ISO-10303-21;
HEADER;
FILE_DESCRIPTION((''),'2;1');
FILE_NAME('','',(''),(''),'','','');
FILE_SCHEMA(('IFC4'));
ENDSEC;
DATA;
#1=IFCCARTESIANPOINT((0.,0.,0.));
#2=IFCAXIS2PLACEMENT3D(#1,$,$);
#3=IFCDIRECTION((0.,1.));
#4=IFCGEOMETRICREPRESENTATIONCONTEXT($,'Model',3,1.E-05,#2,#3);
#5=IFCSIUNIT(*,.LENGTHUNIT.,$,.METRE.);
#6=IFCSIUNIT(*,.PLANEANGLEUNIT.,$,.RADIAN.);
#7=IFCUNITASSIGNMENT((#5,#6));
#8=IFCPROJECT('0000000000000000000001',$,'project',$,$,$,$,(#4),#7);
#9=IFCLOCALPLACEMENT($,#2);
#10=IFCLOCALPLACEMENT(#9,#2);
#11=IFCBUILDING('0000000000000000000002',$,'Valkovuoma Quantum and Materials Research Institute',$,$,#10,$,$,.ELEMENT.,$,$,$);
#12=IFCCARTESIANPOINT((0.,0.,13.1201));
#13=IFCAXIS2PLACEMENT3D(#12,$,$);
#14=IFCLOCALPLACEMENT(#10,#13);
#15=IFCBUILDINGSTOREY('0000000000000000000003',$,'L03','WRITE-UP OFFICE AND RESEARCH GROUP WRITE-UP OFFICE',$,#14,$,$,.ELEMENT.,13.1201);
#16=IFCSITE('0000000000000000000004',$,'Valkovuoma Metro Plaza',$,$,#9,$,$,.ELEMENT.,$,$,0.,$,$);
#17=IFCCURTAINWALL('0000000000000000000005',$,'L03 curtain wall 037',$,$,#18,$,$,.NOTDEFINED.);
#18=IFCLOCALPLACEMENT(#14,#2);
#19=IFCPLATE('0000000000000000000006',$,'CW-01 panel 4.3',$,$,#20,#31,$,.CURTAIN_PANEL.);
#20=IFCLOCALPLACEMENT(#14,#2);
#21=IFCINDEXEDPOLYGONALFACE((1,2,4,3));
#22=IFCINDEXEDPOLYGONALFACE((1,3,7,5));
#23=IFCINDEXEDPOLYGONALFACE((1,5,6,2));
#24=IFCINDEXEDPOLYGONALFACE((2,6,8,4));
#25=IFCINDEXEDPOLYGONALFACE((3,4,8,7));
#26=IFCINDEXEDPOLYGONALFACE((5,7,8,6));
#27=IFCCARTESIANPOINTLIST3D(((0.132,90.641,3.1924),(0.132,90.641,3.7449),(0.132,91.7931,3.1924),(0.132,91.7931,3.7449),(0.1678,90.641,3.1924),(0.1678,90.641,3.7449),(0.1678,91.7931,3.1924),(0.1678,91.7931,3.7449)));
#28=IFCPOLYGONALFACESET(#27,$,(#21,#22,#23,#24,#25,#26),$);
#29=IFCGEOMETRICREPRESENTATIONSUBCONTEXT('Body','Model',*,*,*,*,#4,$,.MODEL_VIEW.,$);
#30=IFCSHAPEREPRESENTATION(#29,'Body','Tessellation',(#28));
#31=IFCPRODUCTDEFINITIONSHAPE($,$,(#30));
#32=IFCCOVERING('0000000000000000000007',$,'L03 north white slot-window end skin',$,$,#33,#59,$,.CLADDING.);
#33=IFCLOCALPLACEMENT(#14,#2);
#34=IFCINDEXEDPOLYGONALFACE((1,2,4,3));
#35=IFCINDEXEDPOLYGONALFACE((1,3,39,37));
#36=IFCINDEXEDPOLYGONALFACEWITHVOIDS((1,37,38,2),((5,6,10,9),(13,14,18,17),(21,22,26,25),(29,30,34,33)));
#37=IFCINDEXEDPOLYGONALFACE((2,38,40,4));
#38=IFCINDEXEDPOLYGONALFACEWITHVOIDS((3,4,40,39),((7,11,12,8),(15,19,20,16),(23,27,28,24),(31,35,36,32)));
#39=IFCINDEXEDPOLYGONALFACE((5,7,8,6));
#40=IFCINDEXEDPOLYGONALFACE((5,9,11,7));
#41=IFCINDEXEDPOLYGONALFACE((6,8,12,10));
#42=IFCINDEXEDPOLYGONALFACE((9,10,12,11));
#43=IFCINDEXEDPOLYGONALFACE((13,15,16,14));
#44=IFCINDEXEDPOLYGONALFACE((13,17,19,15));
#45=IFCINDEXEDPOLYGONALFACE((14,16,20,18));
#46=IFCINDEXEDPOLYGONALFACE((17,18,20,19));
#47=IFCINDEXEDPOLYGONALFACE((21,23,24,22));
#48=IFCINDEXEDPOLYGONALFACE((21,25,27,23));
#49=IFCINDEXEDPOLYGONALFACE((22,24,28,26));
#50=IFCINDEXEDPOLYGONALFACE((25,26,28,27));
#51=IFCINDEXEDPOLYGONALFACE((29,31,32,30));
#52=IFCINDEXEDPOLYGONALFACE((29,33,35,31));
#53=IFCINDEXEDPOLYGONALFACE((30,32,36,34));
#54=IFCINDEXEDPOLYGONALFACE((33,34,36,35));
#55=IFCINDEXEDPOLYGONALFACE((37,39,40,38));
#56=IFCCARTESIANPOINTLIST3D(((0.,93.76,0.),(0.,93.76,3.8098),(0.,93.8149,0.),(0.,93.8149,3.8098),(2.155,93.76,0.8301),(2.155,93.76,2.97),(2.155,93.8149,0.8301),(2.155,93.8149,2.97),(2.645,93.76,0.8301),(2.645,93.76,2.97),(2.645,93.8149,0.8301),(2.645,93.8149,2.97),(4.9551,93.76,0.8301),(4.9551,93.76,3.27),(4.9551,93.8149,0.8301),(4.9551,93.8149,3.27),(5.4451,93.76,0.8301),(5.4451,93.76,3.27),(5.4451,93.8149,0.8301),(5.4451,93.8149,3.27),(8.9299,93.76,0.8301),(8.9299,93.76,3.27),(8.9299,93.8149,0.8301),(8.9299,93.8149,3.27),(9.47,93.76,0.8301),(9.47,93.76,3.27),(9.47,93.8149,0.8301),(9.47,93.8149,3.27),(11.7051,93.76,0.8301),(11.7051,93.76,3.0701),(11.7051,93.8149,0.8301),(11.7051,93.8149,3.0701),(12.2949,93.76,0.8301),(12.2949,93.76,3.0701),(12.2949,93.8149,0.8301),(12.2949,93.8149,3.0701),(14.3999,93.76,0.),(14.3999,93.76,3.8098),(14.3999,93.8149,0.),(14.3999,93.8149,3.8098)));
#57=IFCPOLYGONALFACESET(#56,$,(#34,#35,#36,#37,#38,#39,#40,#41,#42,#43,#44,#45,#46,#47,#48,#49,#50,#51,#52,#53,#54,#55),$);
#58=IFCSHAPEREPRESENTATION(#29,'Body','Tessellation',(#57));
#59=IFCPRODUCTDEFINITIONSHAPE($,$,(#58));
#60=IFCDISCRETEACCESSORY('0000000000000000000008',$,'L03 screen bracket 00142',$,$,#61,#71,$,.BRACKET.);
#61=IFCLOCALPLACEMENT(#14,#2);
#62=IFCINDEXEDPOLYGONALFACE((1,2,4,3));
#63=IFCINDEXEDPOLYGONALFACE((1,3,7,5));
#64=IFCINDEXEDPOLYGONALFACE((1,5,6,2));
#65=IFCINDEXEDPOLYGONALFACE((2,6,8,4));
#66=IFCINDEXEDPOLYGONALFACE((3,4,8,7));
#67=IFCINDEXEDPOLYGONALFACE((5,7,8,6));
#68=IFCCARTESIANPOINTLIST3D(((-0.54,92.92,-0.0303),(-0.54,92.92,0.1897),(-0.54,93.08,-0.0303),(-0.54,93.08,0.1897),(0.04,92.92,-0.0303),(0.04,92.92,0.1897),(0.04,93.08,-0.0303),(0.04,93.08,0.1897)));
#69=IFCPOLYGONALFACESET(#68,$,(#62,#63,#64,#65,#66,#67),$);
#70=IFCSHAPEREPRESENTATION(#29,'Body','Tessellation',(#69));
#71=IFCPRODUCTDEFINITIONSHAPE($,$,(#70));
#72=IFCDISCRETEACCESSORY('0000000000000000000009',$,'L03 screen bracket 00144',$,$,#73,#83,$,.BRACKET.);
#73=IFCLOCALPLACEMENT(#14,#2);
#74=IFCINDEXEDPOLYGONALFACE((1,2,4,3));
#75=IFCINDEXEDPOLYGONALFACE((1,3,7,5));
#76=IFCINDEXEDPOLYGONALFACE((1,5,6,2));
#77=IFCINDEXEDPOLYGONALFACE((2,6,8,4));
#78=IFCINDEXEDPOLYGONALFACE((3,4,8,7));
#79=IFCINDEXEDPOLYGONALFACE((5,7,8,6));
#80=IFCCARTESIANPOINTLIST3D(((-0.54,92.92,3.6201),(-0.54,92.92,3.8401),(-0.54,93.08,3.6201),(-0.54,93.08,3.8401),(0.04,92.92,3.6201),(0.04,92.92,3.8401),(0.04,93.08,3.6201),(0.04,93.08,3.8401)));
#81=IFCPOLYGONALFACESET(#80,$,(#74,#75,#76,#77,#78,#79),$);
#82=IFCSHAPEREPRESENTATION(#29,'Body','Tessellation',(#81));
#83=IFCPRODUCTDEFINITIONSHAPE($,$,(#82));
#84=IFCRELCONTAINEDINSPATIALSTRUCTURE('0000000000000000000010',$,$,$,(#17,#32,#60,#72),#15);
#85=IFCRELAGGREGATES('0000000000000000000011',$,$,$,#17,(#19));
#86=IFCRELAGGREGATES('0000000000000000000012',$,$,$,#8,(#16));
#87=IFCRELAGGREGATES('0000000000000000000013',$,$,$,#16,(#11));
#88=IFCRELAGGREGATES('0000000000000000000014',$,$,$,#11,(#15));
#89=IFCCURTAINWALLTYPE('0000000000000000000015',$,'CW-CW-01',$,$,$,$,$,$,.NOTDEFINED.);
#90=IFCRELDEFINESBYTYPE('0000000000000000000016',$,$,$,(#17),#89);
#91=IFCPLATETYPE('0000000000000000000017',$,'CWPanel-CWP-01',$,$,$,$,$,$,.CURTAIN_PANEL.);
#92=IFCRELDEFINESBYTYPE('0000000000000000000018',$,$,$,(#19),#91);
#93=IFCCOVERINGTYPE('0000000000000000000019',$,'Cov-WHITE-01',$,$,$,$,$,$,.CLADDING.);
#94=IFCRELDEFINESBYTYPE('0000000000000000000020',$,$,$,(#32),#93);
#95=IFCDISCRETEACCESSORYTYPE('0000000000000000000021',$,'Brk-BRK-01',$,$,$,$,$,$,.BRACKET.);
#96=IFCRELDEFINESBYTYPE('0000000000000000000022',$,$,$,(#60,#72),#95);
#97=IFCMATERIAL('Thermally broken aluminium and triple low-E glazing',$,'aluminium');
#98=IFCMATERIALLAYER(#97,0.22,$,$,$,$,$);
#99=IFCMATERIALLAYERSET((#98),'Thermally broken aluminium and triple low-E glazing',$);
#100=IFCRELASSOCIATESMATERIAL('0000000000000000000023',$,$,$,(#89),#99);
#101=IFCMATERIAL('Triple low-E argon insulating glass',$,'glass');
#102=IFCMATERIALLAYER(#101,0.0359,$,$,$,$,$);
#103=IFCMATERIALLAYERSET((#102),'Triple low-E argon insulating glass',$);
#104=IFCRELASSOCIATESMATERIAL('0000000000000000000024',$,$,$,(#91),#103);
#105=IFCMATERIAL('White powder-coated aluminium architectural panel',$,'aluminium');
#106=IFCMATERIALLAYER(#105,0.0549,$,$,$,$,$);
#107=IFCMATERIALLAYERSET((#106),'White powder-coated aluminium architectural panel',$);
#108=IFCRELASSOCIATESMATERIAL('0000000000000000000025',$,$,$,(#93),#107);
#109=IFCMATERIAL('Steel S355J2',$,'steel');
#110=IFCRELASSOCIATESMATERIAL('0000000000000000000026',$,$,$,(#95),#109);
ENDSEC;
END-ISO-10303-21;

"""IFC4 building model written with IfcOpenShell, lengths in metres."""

from ifc_helpers import new_model, si_unit, direction, frame, origin, origin_2d, place, context, subcontext, project, spatial, polyline, rectangle, outline, extrude, material, layer, layer_set, type_object, element, aggregate, save


model = new_model("IFC4")

# Units and contexts
model_context = context("Model", 3, precision=1e-05, world=origin(), true_north=direction((0.0, 1.0)))
body_context = subcontext(model_context, "Body", "Model", "MODEL_VIEW")
ifc_project = project(units=[si_unit("LENGTHUNIT", "METRE"), si_unit("PLANEANGLEUNIT", "RADIAN")], contexts=[model_context])

# Site, building, storey
site_placement = place(None, origin())
site = spatial("IfcSite", under=ifc_project, at=site_placement, Name="Valkovuoma Metro Plaza", CompositionType="ELEMENT", RefElevation=0.0)
building_placement = place(site_placement, origin())
building = spatial("IfcBuilding", under=site, at=building_placement, Name="Valkovuoma Quantum and Materials Research Institute", CompositionType="ELEMENT")
storey_placement = place(building_placement, frame((0.0, 0.0, 13.1201)))
storey = spatial("IfcBuildingStorey", under=building, at=storey_placement, Name="L03", Description="WRITE-UP OFFICE AND RESEARCH GROUP WRITE-UP OFFICE", CompositionType="ELEMENT", Elevation=13.1201)

# Curtain wall, plate
ifc_material_1 = material(Name="Thermally broken aluminium and triple low-E glazing", Category="aluminium")
ifc_layer_1 = layer(ifc_material_1, 0.22)
ifc_layer_set_1 = layer_set([ifc_layer_1], Name="Thermally broken aluminium and triple low-E glazing")
curtain_wall_type = type_object("IfcCurtainWallType", Name="CW-CW-01", PredefinedType="NOTDEFINED", material=ifc_layer_set_1)
curtain_wall_placement = place(storey_placement, origin())
curtain_wall = element("IfcCurtainWall", 1, at=curtain_wall_placement, inside=storey, type_object=curtain_wall_type, Name="L03 curtain wall 037", PredefinedType="NOTDEFINED")
ifc_material_2 = material(Name="Triple low-E argon insulating glass", Category="glass")
ifc_layer_2 = layer(ifc_material_2, 0.0359)
ifc_layer_set_2 = layer_set([ifc_layer_2], Name="Triple low-E argon insulating glass")
plate_type = type_object("IfcPlateType", Name="CWPanel-CWP-01", PredefinedType="CURTAIN_PANEL", material=ifc_layer_set_2)
plate_1_placement = place(storey_placement, frame((0.1499, 91.217, 3.1924), z_axis=(0.0, 0.0, 1.0), x_axis=(0.0, 1.0, 0.0)))
plate_1 = element("IfcPlate", 2, at=plate_1_placement, type_object=plate_type, Name="CW-01 panel 4.3", PredefinedType="CURTAIN_PANEL", context=body_context, shape_type="SweptSolid", body=[
    extrude(rectangle(XDim=1.1521, YDim=0.0359, at=origin_2d()), origin(), (0.0, 0.0, 1.0), 0.5525),
])
aggregate(curtain_wall, [plate_1])

# Covering
ifc_material_3 = material(Name="White powder-coated aluminium architectural panel", Category="aluminium")
ifc_layer_3 = layer(ifc_material_3, 0.0549)
ifc_layer_set_3 = layer_set([ifc_layer_3], Name="White powder-coated aluminium architectural panel")
covering_type = type_object("IfcCoveringType", Name="Cov-WHITE-01", PredefinedType="CLADDING", material=ifc_layer_set_3)
covering_placement = place(storey_placement, frame((0.0, 93.7876, 0.0), z_axis=(0.0, 0.0, 1.0), x_axis=(1.0, 0.0, 0.0)))
element("IfcCovering", 3, at=covering_placement, inside=storey, type_object=covering_type, Name="L03 north white slot-window end skin", PredefinedType="CLADDING", context=body_context, shape_type="SweptSolid", body=[
    extrude(outline(polyline([(0.0, 0.0), (14.3999, 0.0), (14.3999, 3.8098), (0.0, 3.8098), (0.0, 0.0)]), holes=[polyline([(2.155, 0.8301), (2.155, 2.97), (2.645, 2.97), (2.645, 0.8301), (2.155, 0.8301)]), polyline([(4.9551, 0.8301), (4.9551, 3.27), (5.4451, 3.27), (5.4451, 0.8301), (4.9551, 0.8301)]), polyline([(8.9299, 0.8301), (8.9299, 3.27), (9.47, 3.27), (9.47, 0.8301), (8.9299, 0.8301)]), polyline([(11.7051, 0.8301), (11.7051, 3.0701), (12.2949, 3.0701), (12.2949, 0.8301), (11.7051, 0.8301)])]), frame((0.0, 0.0273, 0.0), z_axis=(0.0, -1.0, 0.0), x_axis=(1.0, 0.0, 0.0)), (0.0, 0.0, 1.0), 0.0549),
])

# Discrete accessories
ifc_material_4 = material(Name="Steel S355J2", Category="steel")
discrete_accessory_type = type_object("IfcDiscreteAccessoryType", Name="Brk-BRK-01", PredefinedType="BRACKET", material=ifc_material_4)
for number, where, z_axis, x_axis, name in (
    (4, (-0.25, 93.0, -0.0303), (0.0, 0.0, 1.0), (1.0, 0.0, 0.0), "L03 screen bracket 00142"),
    (5, (-0.25, 93.0, 3.6201), (0.0, 0.0, 1.0), (1.0, 0.0, 0.0), "L03 screen bracket 00144"),
):
    element("IfcDiscreteAccessory", number, at=place(storey_placement, frame(where, z_axis=z_axis, x_axis=x_axis)), inside=storey, type_object=discrete_accessory_type, Name=name, PredefinedType="BRACKET", context=body_context, shape_type="SweptSolid", body=[
        extrude(rectangle(XDim=0.5801, YDim=0.1599, at=origin_2d()), origin(), (0.0, 0.0, 1.0), 0.22),
    ])

save(model, "model.ifc")
